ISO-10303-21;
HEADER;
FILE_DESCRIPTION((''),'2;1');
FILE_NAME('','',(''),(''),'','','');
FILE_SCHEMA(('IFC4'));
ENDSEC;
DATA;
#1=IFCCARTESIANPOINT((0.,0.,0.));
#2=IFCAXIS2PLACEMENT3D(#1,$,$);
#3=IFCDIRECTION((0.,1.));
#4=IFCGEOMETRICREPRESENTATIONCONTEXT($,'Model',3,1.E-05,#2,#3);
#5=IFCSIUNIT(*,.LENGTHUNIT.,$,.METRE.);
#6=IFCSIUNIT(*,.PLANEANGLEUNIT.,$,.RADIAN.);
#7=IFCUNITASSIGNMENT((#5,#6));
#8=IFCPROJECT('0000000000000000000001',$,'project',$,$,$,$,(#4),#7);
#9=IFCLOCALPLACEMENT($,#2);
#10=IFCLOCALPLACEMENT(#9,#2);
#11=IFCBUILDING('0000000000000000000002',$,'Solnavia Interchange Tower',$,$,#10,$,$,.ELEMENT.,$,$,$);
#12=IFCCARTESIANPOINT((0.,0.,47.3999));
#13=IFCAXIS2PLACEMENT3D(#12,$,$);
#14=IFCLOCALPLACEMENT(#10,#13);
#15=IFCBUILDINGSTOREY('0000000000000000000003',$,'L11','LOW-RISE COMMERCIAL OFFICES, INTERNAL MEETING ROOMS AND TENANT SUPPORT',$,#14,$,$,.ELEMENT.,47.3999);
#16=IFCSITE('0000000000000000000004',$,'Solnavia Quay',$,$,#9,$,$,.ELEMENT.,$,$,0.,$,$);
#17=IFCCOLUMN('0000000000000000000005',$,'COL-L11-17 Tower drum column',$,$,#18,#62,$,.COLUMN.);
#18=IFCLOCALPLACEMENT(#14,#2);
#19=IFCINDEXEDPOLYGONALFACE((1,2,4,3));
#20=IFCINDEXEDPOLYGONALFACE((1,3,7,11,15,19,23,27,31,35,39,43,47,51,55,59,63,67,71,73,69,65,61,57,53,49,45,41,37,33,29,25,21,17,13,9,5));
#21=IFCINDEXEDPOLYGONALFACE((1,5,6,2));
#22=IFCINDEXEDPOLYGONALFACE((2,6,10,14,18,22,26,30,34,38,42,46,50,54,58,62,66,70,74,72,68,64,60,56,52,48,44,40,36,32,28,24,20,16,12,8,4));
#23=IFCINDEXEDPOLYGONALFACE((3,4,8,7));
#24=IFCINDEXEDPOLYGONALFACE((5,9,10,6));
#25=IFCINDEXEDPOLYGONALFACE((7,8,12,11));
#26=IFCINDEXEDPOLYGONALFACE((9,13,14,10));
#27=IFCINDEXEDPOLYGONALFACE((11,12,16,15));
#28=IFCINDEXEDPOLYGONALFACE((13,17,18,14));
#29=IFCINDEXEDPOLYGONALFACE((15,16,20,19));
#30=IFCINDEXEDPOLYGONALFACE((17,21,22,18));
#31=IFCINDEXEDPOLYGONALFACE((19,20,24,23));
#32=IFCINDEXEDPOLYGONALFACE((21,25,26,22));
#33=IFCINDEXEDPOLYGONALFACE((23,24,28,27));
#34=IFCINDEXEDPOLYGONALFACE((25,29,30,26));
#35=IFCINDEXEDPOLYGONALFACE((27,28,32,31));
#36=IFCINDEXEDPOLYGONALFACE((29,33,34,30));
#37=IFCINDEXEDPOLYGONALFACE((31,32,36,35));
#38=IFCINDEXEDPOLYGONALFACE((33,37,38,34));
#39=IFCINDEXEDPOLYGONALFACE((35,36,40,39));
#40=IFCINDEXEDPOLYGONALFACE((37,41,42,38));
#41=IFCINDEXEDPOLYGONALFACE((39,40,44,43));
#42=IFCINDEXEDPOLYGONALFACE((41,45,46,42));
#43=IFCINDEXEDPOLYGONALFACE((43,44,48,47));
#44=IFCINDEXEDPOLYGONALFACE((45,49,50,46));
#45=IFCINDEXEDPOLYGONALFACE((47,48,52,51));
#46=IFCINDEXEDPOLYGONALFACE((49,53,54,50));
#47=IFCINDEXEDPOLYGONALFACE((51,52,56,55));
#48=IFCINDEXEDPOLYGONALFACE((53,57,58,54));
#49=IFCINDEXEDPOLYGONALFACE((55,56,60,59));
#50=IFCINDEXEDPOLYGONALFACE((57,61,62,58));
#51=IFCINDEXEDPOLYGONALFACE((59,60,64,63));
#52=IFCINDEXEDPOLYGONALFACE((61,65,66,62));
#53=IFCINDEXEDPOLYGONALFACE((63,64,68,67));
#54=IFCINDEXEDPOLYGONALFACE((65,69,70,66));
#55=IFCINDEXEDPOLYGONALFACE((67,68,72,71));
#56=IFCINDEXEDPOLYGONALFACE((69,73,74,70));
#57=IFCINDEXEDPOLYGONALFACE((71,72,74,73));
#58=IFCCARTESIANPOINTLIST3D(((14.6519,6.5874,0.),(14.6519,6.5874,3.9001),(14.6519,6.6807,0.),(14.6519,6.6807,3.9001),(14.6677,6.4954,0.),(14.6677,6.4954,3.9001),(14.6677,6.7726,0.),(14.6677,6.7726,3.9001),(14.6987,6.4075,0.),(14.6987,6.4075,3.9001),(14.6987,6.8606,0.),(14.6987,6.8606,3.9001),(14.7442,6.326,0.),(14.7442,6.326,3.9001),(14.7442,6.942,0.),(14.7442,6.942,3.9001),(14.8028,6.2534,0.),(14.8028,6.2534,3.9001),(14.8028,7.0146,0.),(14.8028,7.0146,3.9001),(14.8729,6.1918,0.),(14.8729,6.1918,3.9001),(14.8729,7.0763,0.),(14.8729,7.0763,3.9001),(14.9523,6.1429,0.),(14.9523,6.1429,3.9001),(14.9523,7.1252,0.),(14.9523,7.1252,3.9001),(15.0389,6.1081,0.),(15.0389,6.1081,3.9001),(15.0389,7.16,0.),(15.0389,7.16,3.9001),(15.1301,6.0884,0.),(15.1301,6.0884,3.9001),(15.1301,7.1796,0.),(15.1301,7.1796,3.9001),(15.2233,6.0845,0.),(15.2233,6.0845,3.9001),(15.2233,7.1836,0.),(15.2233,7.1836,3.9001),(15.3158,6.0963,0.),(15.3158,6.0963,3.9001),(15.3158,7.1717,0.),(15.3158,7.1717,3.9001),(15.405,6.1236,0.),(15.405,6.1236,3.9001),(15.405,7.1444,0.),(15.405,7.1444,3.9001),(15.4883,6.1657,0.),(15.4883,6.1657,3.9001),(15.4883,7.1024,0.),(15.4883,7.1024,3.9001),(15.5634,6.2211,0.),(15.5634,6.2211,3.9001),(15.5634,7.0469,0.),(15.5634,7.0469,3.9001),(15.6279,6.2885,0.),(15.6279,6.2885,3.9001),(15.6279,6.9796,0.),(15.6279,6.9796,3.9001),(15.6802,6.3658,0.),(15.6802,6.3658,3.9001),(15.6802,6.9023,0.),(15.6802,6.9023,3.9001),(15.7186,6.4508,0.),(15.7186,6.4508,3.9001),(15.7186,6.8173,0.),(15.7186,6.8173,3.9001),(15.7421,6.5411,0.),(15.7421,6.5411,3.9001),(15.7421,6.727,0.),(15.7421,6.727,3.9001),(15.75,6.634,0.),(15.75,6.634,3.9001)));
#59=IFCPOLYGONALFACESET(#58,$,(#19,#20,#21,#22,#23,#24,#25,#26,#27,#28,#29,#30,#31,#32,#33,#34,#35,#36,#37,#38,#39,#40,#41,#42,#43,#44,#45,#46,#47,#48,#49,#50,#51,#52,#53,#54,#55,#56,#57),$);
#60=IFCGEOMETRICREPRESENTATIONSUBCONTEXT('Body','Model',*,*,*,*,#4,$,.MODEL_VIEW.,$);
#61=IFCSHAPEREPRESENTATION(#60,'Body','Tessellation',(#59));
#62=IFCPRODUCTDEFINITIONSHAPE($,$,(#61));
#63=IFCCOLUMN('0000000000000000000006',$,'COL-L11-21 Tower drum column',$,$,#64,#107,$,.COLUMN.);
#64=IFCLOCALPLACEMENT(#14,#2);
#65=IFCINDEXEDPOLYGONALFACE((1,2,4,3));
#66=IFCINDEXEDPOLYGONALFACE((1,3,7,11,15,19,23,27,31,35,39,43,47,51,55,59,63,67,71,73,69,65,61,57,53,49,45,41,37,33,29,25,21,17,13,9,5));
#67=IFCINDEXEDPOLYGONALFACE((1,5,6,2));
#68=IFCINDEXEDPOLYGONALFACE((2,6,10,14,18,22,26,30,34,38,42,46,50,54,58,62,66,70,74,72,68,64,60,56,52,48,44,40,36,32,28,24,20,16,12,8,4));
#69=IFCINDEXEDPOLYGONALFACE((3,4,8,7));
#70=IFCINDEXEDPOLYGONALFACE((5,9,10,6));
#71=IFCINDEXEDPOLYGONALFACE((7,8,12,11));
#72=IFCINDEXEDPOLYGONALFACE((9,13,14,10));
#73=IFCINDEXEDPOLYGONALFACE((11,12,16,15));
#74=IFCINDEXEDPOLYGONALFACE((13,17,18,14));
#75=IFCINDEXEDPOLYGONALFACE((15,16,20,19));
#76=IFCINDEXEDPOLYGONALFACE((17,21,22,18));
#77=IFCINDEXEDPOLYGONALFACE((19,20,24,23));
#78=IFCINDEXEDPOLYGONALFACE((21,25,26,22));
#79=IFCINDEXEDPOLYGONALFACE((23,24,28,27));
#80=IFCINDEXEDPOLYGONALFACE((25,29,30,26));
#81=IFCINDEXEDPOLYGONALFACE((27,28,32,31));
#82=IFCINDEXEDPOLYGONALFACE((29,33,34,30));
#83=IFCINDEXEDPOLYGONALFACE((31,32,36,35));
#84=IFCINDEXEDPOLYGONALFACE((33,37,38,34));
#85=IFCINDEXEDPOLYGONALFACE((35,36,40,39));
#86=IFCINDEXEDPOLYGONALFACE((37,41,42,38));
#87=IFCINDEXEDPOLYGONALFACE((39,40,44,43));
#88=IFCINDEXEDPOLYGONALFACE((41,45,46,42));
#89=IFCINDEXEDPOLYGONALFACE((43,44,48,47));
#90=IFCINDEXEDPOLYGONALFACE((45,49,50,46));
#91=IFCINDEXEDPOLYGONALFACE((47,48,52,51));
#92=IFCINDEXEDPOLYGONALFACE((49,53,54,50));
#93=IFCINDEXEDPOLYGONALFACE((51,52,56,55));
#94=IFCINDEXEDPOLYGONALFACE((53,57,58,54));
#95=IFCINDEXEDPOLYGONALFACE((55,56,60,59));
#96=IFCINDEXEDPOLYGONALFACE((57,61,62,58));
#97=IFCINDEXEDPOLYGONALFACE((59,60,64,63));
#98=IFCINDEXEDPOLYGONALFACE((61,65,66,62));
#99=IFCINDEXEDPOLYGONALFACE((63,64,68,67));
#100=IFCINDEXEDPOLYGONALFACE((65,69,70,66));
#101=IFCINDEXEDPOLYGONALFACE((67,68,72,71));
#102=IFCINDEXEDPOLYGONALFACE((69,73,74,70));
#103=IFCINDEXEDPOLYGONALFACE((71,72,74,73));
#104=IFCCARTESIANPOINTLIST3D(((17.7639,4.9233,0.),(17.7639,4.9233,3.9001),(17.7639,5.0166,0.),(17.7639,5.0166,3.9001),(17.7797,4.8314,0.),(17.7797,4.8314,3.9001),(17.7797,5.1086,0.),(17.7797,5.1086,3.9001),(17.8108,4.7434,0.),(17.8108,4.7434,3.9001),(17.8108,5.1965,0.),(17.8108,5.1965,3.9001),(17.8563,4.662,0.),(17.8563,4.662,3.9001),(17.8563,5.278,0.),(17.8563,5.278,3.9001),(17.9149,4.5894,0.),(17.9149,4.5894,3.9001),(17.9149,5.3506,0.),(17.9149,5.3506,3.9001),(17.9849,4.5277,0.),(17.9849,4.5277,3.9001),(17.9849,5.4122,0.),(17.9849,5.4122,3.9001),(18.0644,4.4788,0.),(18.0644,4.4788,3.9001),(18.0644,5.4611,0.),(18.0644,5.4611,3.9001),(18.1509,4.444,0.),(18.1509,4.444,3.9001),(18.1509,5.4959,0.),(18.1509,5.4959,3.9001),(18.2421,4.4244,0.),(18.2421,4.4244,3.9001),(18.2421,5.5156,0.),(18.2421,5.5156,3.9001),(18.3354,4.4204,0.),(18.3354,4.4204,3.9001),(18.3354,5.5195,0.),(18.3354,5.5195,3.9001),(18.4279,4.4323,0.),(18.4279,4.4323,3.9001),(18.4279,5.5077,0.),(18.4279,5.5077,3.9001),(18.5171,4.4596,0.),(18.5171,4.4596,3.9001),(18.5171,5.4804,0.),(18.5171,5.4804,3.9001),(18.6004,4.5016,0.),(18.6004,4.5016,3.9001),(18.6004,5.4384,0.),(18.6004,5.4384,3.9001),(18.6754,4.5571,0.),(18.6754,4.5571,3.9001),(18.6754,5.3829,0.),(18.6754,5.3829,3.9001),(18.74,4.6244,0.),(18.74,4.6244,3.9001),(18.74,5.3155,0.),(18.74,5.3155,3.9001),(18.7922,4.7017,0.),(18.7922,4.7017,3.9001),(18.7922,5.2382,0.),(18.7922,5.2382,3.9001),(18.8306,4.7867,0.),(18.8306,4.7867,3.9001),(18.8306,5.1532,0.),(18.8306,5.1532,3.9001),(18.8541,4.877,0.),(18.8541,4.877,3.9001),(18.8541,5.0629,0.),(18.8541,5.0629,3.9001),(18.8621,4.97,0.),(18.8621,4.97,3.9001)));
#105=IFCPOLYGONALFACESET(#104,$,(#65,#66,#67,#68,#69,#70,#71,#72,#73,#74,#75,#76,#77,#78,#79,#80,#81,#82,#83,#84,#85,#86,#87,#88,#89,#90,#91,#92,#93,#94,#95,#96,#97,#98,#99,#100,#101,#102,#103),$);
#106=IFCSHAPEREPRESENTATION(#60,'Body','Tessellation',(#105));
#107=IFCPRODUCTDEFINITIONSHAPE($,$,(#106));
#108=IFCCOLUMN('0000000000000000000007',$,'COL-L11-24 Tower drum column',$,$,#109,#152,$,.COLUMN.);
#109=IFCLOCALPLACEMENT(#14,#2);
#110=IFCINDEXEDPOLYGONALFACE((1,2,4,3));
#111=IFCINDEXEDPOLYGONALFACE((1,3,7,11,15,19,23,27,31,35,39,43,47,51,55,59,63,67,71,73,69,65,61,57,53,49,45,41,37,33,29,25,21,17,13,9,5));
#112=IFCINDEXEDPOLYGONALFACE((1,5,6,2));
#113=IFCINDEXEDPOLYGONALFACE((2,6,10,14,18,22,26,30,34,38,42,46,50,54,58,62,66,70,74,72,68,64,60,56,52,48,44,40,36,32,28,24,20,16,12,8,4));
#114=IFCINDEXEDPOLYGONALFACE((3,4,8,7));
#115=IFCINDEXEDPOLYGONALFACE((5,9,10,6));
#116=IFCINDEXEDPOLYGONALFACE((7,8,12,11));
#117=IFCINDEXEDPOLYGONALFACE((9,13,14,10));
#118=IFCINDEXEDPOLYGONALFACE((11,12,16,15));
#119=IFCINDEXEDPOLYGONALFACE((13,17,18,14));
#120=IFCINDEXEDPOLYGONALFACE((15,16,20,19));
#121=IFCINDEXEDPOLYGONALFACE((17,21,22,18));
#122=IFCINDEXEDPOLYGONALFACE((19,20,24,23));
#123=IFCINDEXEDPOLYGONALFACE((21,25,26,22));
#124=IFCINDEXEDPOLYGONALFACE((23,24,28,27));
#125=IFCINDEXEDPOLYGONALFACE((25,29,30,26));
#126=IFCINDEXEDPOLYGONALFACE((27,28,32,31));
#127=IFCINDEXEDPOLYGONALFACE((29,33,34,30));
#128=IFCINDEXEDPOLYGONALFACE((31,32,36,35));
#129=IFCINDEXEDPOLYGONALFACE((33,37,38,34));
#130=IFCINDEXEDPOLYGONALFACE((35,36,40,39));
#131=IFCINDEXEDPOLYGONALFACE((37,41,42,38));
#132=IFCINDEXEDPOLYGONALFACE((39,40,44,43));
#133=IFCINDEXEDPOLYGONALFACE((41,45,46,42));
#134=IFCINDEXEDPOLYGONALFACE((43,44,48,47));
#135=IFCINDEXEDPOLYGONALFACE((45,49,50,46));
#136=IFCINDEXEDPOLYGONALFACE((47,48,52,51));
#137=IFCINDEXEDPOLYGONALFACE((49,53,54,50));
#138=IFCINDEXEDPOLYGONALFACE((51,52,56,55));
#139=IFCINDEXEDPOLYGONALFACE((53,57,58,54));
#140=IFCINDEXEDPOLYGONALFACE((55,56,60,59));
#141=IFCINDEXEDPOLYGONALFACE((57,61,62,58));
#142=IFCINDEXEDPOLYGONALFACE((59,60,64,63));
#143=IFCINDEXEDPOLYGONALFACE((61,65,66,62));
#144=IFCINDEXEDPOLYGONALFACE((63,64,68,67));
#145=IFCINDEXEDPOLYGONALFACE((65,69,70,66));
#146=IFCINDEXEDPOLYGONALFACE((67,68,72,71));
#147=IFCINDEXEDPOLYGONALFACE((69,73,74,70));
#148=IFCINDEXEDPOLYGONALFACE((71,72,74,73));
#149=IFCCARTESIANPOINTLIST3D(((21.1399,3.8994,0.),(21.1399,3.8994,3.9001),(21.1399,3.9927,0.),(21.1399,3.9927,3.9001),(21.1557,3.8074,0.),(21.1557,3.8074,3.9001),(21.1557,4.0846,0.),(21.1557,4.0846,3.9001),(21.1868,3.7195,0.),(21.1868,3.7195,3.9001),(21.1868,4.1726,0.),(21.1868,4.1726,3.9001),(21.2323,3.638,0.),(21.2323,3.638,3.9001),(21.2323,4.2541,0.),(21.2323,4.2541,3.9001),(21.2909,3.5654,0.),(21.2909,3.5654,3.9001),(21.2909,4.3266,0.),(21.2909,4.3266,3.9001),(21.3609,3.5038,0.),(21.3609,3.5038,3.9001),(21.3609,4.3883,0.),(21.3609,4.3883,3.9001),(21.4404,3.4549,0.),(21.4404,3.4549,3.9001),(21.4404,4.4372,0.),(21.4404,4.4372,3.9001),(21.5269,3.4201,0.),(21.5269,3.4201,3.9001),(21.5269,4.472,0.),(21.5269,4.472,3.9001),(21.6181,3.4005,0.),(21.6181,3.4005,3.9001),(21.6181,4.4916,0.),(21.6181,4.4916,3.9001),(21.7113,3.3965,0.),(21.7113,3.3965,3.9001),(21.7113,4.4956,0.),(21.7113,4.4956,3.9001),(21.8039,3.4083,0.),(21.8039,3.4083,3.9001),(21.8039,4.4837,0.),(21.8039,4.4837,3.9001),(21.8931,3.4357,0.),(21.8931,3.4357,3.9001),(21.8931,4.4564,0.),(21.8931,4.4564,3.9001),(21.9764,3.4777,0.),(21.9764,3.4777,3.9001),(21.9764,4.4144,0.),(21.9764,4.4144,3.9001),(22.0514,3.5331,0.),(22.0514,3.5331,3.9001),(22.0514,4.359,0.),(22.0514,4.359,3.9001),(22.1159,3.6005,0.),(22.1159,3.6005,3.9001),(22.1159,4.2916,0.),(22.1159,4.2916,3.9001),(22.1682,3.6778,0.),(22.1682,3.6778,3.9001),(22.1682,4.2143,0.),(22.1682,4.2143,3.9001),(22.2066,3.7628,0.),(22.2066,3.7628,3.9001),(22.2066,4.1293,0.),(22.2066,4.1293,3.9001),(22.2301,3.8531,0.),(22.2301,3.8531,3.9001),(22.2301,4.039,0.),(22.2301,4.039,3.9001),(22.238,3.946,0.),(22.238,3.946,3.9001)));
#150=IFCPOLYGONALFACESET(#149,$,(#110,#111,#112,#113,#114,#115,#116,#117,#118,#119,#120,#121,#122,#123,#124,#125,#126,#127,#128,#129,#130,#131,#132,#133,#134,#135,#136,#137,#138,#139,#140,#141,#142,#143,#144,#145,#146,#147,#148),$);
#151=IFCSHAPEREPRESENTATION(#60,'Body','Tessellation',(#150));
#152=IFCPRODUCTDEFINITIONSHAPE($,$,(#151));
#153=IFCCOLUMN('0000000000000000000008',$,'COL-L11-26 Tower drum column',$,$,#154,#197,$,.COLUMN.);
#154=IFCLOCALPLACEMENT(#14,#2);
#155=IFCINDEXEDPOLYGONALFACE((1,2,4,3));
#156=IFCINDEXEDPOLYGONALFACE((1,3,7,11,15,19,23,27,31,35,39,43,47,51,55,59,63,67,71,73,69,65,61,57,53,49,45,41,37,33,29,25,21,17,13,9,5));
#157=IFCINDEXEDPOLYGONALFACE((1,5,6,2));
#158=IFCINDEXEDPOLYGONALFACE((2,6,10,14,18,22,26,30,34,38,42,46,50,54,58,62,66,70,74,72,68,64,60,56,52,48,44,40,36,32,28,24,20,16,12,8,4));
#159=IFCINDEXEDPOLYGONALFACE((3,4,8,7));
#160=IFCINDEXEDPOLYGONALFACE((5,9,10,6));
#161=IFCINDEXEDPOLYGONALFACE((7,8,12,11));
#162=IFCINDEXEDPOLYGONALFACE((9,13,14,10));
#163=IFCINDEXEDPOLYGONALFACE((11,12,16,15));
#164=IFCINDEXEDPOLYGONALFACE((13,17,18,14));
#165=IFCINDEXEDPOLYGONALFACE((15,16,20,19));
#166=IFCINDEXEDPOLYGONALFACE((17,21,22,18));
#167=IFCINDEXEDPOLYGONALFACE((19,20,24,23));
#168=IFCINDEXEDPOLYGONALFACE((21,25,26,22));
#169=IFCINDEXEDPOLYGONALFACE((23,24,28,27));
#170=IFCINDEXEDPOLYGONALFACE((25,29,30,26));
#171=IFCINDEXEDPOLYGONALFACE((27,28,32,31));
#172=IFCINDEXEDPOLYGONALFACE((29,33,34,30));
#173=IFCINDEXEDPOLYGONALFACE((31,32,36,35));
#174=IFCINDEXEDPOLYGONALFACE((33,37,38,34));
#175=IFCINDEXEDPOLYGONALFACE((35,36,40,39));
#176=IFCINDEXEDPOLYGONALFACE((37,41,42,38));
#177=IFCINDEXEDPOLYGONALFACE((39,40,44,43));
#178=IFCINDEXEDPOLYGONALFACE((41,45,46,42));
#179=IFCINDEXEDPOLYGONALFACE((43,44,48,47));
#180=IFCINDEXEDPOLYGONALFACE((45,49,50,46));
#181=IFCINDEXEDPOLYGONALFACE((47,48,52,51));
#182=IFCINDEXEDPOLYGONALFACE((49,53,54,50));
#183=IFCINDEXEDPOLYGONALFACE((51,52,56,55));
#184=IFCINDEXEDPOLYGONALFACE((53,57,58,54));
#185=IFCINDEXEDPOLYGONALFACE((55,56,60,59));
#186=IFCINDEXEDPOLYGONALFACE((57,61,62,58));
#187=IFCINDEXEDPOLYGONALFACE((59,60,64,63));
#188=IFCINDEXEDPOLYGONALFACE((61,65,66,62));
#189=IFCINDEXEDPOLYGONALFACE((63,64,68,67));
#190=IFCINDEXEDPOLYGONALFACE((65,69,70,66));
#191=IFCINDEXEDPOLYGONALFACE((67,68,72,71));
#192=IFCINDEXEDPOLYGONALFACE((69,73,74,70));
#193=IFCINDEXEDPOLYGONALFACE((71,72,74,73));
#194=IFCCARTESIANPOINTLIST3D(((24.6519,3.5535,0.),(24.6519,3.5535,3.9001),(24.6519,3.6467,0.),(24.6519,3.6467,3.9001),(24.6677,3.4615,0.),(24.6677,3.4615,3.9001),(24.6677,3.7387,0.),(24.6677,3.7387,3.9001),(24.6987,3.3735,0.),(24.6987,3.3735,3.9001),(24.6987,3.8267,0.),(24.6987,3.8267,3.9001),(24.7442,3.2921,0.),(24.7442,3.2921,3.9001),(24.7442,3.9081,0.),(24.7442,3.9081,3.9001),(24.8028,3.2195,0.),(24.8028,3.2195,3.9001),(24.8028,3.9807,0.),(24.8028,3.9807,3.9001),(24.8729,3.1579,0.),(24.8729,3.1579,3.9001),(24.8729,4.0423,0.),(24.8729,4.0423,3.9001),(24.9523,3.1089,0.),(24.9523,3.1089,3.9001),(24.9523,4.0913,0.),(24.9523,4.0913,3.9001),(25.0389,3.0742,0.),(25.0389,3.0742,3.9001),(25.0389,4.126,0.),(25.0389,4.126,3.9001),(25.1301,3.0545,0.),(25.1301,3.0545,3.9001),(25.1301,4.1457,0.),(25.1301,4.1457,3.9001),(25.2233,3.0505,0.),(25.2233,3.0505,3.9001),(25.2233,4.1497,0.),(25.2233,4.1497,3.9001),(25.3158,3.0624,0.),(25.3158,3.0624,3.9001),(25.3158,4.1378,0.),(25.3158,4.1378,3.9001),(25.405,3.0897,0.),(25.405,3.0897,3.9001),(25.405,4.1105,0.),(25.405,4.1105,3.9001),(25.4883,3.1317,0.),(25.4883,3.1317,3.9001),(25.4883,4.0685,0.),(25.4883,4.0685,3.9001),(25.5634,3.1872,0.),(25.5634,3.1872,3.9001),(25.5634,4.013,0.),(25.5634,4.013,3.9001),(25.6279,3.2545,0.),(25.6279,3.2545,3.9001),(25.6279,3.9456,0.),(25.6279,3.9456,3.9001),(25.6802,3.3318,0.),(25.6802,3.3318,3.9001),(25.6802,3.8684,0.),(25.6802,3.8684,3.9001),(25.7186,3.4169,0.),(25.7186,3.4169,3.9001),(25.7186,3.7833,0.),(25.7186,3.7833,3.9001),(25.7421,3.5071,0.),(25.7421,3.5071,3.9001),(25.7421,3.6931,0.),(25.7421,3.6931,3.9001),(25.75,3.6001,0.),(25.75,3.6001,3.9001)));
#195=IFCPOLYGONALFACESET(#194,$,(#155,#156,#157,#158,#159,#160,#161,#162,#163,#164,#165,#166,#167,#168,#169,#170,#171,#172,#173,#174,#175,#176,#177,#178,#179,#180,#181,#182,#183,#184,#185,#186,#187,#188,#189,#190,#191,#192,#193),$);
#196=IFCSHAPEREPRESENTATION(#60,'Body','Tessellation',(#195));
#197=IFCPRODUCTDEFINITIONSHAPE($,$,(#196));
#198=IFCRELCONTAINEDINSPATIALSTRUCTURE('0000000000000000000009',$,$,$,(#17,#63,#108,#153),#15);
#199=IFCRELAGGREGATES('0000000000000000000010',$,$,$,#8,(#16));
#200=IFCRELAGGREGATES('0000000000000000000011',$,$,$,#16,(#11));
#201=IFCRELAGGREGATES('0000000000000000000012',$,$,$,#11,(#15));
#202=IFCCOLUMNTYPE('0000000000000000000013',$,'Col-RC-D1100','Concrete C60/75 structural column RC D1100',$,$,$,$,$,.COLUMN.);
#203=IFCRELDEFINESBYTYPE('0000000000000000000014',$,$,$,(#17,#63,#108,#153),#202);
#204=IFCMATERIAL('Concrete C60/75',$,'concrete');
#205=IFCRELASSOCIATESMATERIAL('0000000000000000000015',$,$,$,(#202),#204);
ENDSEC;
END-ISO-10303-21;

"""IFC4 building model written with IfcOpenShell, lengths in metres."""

from ifc_helpers import new_model, si_unit, direction, frame, origin, origin_2d, place, context, subcontext, project, spatial, circle, extrude, material, material_profile, profile_set, type_object, element, save


model = new_model("IFC4")

# Units and contexts
model_context = context("Model", 3, precision=1e-05, world=origin(), true_north=direction((0.0, 1.0)))
body_context = subcontext(model_context, "Body", "Model", "MODEL_VIEW")
ifc_project = project(units=[si_unit("LENGTHUNIT", "METRE"), si_unit("PLANEANGLEUNIT", "RADIAN")], contexts=[model_context])

# Site, building, storey
site_placement = place(None, origin())
site = spatial("IfcSite", under=ifc_project, at=site_placement, Name="Solnavia Quay", CompositionType="ELEMENT", RefElevation=0.0)
building_placement = place(site_placement, origin())
building = spatial("IfcBuilding", under=site, at=building_placement, Name="Solnavia Interchange Tower", CompositionType="ELEMENT")
storey_placement = place(building_placement, frame((0.0, 0.0, 47.3999)))
storey = spatial("IfcBuildingStorey", under=building, at=storey_placement, Name="L11", Description="LOW-RISE COMMERCIAL OFFICES, INTERNAL MEETING ROOMS AND TENANT SUPPORT", CompositionType="ELEMENT", Elevation=47.3999)

# Columns
ifc_material_1 = material(Name="Concrete C60/75", Category="concrete")
ifc_material_profile_1 = material_profile(ifc_material_1, circle(Radius=0.55, at=origin_2d()), Name="RC D1100")
ifc_profile_set_1 = profile_set([ifc_material_profile_1], Name="Concrete C60/75")
column_type_1 = type_object("IfcColumnType", Name="Col-RC-D1100", Description="Concrete C60/75 structural column RC D1100", PredefinedType="COLUMN", material=ifc_profile_set_1)
for number, where, z_axis, x_axis, name in (
    (1, (15.2, 6.634, 0.0), (0.0, 0.0, 1.0), (1.0, 0.0, 0.0), "COL-L11-17 Tower drum column"),
    (2, (18.312, 4.97, 0.0), (0.0, 0.0, 1.0), (1.0, 0.0, 0.0), "COL-L11-21 Tower drum column"),
    (3, (21.688, 3.946, 0.0), (0.0, 0.0, 1.0), (1.0, 0.0, 0.0), "COL-L11-24 Tower drum column"),
    (4, (25.2, 3.6001, 0.0), (0.0, 0.0, 1.0), (1.0, 0.0, 0.0), "COL-L11-26 Tower drum column"),
):
    element("IfcColumn", number, at=place(storey_placement, frame(where, z_axis=z_axis, x_axis=x_axis)), inside=storey, type_object=column_type_1, Name=name, PredefinedType="COLUMN", context=body_context, shape_type="SweptSolid", body=[
        extrude(circle(Radius=0.55, at=origin_2d()), origin(), (0.0, 0.0, 1.0), 3.9001),
    ])

save(model, "model.ifc")
